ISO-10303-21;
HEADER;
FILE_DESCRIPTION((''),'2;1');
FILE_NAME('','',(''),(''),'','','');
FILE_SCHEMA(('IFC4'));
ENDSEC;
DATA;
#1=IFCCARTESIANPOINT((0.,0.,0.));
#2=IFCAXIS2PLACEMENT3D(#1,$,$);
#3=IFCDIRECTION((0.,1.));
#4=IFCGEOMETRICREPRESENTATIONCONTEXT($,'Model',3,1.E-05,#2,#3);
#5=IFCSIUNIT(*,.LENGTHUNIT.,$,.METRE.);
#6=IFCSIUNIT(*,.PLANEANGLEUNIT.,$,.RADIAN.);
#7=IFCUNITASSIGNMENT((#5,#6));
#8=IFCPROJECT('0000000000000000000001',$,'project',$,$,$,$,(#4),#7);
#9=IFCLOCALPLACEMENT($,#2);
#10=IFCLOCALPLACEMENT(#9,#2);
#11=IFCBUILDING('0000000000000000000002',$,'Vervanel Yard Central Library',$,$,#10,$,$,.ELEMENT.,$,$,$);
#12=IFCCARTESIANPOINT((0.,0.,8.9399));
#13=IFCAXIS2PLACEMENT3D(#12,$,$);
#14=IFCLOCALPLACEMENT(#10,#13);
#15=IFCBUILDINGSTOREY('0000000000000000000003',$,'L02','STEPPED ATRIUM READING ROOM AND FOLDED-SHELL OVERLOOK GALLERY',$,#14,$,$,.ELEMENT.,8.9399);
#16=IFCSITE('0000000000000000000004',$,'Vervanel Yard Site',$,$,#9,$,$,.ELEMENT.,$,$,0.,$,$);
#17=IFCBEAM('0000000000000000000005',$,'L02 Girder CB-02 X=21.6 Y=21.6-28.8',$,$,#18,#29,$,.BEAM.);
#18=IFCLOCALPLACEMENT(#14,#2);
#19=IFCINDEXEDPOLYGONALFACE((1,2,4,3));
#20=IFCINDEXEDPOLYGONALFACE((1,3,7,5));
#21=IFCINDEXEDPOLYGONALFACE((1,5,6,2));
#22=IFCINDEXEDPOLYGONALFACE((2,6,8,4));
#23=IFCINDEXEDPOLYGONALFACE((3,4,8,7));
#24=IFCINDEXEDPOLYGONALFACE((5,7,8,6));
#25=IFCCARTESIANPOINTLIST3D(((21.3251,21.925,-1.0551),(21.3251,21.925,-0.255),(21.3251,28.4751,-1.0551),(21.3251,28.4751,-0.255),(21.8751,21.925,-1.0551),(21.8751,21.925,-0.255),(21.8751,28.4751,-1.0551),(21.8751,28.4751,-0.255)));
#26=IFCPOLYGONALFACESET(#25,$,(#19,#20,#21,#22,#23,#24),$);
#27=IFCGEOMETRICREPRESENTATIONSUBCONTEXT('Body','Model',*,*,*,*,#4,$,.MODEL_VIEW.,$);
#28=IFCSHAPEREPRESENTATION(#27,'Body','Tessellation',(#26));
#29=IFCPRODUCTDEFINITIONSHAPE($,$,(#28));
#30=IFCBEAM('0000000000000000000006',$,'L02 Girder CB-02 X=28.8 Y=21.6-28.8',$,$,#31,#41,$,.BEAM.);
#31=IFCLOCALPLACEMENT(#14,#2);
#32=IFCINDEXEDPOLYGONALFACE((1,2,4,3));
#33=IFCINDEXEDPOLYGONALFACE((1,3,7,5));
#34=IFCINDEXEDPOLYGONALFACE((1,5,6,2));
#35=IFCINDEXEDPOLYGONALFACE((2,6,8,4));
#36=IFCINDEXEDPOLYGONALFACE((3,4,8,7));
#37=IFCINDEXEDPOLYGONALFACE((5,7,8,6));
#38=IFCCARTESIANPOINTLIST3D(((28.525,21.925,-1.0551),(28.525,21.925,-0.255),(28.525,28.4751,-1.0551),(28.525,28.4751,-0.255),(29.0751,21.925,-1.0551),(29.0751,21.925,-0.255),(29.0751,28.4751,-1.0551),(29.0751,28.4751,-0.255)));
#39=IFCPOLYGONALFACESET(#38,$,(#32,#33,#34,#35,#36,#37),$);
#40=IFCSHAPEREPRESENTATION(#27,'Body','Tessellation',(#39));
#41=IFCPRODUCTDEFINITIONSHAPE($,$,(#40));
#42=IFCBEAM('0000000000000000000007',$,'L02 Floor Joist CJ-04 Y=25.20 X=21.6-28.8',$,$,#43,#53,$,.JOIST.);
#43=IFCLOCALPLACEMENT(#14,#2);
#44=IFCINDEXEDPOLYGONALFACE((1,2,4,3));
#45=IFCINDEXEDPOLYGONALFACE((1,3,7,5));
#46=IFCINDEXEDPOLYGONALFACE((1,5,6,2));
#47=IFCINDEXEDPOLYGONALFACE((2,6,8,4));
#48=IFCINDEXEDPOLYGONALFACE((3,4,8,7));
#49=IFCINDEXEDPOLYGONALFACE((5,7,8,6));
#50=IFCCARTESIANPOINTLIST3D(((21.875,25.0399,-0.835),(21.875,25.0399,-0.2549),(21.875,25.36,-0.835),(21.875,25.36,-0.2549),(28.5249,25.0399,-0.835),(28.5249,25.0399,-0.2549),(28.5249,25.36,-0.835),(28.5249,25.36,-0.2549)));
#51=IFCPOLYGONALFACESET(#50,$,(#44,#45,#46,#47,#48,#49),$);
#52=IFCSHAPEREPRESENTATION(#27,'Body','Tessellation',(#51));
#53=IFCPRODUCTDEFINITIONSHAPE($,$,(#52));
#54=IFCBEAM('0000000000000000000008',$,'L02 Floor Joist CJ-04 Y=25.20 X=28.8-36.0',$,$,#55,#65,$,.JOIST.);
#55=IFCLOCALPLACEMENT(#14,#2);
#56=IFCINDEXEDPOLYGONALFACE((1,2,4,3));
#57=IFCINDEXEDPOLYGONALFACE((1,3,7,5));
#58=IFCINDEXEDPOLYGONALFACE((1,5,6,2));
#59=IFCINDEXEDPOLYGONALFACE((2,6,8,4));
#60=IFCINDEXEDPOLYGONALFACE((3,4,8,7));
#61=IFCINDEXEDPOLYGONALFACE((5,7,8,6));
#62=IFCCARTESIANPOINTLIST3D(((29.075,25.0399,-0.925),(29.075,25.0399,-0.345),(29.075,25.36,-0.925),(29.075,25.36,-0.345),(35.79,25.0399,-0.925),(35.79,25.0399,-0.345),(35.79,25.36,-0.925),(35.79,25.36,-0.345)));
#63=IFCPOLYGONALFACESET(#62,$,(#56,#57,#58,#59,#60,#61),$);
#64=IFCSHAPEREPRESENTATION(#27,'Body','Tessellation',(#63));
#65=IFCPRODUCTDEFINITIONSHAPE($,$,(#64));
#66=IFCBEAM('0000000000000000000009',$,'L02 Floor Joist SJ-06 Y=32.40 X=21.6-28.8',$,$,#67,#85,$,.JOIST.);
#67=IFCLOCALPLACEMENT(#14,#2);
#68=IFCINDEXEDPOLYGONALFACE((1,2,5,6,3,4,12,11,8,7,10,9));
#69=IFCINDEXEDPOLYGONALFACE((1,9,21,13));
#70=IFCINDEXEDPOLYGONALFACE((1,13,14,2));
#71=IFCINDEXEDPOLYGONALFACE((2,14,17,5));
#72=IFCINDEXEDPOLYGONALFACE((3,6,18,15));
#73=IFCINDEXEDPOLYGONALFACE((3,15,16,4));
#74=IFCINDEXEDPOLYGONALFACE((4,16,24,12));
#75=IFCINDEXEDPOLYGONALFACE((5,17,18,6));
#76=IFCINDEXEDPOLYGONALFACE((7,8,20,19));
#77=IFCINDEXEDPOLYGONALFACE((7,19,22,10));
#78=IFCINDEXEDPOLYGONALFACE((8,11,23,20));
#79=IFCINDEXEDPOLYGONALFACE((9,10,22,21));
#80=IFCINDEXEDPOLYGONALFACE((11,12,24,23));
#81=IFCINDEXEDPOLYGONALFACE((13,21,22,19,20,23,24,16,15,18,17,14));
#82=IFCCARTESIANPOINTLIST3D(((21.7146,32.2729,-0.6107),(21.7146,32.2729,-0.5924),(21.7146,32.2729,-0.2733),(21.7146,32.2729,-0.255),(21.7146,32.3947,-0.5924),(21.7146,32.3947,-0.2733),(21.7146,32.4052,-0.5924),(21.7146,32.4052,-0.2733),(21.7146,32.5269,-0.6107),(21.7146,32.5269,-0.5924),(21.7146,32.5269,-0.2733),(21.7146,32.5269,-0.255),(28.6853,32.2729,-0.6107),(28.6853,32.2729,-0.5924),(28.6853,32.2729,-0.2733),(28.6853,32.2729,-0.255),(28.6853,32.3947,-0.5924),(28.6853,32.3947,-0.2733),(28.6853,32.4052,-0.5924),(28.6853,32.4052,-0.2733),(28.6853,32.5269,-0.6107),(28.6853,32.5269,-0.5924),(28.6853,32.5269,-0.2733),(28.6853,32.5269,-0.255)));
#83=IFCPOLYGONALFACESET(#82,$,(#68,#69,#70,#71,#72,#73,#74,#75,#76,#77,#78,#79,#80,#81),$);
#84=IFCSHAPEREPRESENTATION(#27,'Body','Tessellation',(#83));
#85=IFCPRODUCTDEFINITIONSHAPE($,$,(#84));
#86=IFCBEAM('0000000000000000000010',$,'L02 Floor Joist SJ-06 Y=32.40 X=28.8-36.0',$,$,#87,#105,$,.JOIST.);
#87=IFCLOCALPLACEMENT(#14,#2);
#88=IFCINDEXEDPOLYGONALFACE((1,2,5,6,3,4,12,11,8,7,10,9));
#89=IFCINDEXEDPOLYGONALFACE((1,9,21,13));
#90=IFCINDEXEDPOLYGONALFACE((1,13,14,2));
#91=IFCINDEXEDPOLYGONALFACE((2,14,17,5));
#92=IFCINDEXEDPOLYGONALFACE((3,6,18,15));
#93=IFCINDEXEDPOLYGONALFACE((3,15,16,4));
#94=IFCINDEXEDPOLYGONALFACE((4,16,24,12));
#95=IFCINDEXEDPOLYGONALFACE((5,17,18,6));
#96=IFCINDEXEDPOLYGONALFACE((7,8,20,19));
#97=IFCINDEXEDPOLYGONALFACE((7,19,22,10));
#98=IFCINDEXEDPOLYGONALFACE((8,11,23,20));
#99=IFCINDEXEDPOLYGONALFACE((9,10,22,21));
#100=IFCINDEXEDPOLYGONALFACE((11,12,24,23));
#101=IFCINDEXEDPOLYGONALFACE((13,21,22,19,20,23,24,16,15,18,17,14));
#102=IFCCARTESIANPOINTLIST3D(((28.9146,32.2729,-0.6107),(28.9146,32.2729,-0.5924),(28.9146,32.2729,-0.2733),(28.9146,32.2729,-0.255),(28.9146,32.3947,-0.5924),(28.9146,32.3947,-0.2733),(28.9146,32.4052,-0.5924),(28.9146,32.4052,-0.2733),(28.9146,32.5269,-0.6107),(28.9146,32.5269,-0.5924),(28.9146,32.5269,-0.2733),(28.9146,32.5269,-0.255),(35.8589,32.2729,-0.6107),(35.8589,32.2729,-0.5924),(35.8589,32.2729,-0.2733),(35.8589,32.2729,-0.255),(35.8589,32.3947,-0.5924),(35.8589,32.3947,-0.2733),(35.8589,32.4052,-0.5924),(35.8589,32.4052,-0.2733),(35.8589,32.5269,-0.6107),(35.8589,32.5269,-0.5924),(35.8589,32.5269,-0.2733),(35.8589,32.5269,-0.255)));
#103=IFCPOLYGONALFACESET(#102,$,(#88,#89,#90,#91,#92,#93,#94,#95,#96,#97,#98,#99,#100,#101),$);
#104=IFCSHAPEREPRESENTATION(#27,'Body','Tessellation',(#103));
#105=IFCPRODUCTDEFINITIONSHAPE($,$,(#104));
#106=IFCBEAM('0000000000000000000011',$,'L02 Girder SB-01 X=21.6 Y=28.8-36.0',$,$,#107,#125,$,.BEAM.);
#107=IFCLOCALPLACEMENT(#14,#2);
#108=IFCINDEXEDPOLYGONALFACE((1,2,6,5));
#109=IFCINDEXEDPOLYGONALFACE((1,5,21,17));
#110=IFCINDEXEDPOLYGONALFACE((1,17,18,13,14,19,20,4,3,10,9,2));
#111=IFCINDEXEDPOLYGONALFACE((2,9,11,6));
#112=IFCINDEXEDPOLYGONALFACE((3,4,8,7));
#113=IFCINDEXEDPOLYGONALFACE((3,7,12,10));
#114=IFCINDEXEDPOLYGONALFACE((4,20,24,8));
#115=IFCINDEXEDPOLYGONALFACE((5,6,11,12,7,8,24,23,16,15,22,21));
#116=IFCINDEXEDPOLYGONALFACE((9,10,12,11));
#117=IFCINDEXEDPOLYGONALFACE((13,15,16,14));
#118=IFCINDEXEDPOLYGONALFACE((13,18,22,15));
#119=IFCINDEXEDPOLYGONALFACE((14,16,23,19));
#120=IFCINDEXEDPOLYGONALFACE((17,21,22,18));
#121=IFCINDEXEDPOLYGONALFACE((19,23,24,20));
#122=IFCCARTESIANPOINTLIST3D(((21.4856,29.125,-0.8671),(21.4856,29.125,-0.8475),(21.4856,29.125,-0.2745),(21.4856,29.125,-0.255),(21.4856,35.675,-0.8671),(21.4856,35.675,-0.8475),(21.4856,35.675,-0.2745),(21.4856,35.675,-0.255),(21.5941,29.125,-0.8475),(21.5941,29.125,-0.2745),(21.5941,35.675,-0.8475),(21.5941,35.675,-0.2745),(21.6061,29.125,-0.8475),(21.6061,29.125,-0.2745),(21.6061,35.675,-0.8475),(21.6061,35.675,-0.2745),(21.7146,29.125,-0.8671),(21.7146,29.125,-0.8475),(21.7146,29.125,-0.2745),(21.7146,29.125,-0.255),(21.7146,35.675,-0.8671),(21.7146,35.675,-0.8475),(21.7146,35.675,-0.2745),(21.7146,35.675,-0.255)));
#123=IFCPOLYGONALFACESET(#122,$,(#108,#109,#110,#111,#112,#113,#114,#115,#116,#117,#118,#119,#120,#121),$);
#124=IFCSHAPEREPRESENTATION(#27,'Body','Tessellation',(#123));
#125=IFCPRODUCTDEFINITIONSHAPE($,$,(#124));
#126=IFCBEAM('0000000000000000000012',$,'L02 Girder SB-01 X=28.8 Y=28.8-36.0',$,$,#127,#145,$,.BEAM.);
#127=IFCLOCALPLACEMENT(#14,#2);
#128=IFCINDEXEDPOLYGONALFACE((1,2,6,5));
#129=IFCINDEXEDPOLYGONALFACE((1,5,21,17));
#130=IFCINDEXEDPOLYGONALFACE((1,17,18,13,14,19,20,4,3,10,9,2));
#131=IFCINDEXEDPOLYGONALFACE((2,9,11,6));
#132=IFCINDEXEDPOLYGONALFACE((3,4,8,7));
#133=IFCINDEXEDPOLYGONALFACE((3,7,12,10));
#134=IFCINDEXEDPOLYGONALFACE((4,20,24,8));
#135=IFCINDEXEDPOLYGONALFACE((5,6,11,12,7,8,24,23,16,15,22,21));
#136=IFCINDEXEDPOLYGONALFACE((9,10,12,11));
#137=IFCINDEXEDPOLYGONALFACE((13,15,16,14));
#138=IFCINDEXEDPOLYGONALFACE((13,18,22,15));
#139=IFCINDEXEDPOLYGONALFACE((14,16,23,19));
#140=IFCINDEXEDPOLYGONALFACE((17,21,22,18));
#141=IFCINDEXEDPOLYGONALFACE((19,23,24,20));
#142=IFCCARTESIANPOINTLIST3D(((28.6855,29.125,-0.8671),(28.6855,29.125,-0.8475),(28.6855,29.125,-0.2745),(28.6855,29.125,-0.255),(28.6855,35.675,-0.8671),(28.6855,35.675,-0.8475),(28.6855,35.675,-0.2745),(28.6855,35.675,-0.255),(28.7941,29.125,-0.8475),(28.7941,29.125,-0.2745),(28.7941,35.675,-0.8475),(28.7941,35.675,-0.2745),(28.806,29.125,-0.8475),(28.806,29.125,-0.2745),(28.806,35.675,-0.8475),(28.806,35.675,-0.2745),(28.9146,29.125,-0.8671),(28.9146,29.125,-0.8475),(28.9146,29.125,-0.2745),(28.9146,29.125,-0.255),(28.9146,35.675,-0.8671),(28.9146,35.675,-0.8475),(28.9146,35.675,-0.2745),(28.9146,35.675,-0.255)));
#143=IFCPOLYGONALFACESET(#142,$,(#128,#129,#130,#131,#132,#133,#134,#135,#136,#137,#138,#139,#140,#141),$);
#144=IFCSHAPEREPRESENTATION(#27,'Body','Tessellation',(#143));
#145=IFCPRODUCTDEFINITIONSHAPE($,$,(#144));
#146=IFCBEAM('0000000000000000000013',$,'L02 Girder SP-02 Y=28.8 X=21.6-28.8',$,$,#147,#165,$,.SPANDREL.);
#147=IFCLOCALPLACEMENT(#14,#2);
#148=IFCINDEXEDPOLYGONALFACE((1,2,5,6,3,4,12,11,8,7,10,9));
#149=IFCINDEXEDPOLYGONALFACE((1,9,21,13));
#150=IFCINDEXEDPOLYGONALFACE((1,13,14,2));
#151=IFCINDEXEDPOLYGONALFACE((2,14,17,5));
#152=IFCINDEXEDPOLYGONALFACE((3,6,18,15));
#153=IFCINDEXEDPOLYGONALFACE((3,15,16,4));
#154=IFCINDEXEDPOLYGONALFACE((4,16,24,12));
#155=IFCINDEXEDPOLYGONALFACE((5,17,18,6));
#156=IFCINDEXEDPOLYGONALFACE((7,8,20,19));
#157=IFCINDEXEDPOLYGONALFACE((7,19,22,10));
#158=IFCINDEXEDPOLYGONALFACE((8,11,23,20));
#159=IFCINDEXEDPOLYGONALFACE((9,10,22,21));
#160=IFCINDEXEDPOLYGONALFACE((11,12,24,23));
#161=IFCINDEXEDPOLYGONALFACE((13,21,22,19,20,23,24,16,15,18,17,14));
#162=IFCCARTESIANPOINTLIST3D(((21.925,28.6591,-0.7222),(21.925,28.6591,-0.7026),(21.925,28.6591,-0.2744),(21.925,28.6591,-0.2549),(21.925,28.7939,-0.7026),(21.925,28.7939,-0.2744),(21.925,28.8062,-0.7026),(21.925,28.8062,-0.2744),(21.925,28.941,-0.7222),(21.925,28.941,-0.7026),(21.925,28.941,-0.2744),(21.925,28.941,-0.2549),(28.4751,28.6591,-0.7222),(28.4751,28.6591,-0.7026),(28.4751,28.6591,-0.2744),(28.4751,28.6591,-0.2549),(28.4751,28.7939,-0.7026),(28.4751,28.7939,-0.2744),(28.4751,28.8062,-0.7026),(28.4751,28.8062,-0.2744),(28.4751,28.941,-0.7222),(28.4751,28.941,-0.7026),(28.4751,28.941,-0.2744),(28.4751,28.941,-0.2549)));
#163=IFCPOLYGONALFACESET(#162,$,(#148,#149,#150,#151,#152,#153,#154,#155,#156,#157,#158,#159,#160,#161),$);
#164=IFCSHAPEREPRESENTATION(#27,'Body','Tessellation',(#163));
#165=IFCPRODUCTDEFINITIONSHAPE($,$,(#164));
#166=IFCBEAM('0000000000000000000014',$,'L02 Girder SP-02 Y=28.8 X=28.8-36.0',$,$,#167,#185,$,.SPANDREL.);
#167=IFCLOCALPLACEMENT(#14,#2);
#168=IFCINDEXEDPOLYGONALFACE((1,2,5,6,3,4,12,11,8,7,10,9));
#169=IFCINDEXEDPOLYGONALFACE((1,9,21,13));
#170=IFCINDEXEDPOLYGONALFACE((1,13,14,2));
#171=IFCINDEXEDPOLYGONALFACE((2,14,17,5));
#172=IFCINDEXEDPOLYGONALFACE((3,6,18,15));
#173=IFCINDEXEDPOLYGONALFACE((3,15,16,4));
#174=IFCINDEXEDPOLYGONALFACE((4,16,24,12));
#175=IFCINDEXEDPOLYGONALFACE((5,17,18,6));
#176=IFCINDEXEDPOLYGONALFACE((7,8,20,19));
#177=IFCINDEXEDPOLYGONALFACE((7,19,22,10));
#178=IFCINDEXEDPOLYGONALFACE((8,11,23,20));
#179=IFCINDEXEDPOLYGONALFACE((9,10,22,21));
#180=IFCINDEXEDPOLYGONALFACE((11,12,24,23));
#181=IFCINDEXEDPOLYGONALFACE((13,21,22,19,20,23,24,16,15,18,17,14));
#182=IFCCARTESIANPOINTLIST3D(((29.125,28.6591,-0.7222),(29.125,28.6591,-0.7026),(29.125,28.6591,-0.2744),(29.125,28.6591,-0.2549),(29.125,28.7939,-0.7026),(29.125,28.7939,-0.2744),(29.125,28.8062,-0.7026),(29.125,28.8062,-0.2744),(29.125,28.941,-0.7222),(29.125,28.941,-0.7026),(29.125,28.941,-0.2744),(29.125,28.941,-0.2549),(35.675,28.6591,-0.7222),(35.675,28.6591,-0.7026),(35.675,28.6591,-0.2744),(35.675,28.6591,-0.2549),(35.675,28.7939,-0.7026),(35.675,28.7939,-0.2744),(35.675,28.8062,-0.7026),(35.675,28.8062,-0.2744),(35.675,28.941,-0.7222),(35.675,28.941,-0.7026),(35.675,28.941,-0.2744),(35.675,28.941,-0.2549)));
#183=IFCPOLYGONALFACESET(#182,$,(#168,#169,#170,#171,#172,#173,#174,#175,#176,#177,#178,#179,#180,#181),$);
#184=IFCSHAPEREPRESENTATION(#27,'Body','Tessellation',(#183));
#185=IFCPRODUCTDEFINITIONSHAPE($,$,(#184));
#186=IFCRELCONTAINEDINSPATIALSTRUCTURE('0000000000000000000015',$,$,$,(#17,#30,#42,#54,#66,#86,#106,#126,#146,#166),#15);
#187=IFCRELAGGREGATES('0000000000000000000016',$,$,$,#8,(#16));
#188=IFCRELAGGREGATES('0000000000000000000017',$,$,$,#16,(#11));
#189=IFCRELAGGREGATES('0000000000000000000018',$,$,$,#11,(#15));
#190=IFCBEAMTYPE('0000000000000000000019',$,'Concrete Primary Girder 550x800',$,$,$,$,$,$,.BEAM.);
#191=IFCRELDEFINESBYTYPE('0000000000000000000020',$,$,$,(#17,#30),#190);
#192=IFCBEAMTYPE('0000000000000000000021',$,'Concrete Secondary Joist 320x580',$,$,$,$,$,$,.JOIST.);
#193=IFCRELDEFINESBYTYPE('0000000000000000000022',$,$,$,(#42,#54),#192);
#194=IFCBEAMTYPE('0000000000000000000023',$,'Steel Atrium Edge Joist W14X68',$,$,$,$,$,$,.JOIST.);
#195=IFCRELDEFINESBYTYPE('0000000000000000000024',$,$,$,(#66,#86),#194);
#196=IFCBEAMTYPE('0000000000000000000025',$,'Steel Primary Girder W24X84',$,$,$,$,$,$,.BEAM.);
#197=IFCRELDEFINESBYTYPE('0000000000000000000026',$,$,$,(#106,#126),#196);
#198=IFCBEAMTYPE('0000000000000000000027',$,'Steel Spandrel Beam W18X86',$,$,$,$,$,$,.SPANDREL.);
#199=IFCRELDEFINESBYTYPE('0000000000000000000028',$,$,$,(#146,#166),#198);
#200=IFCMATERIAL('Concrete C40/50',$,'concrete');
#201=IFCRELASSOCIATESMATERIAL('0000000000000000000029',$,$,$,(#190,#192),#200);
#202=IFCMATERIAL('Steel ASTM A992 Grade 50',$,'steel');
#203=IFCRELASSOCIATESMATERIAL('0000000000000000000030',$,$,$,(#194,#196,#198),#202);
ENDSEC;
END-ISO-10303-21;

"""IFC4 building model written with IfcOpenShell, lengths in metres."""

from ifc_helpers import new_model, si_unit, direction, frame, origin, origin_2d, place, context, subcontext, project, spatial, rectangle, i_section, extrude, material, material_profile, profile_set, type_object, element, save


model = new_model("IFC4")

# Units and contexts
model_context = context("Model", 3, precision=1e-05, world=origin(), true_north=direction((0.0, 1.0)))
body_context = subcontext(model_context, "Body", "Model", "MODEL_VIEW")
ifc_project = project(units=[si_unit("LENGTHUNIT", "METRE"), si_unit("PLANEANGLEUNIT", "RADIAN")], contexts=[model_context])

# Site, building, storey
site_placement = place(None, origin())
site = spatial("IfcSite", under=ifc_project, at=site_placement, Name="Vervanel Yard Site", CompositionType="ELEMENT", RefElevation=0.0)
building_placement = place(site_placement, origin())
building = spatial("IfcBuilding", under=site, at=building_placement, Name="Vervanel Yard Central Library", CompositionType="ELEMENT")
storey_placement = place(building_placement, frame((0.0, 0.0, 8.9399)))
storey = spatial("IfcBuildingStorey", under=building, at=storey_placement, Name="L02", Description="STEPPED ATRIUM READING ROOM AND FOLDED-SHELL OVERLOOK GALLERY", CompositionType="ELEMENT", Elevation=8.9399)

# Beams
ifc_material_1 = material(Name="Concrete C40/50", Category="concrete")
ifc_material_profile_1 = material_profile(ifc_material_1, rectangle(XDim=0.55, YDim=0.8, at=origin_2d()), Name="RC 550x800", Category="concrete")
ifc_profile_set_1 = profile_set([ifc_material_profile_1], Name="Concrete C40/50")
beam_type_1 = type_object("IfcBeamType", Name="Concrete Primary Girder 550x800", PredefinedType="BEAM", material=ifc_profile_set_1)
for number, where, z_axis, x_axis, name in (
    (1, (21.6001, 21.925, -0.655), (0.0, 1.0, 0.0), (-1.0, 0.0, 0.0), "L02 Girder CB-02 X=21.6 Y=21.6-28.8"),
    (2, (28.8, 21.925, -0.655), (0.0, 1.0, 0.0), (-1.0, 0.0, 0.0), "L02 Girder CB-02 X=28.8 Y=21.6-28.8"),
):
    element("IfcBeam", number, at=place(storey_placement, frame(where, z_axis=z_axis, x_axis=x_axis)), inside=storey, type_object=beam_type_1, Name=name, PredefinedType="BEAM", context=body_context, shape_type="SweptSolid", body=[
        extrude(rectangle(XDim=0.55, YDim=0.8, at=origin_2d()), origin(), (0.0, 0.0, 1.0), 6.55),
    ])
ifc_material_profile_2 = material_profile(ifc_material_1, rectangle(XDim=0.3201, YDim=0.5801, at=origin_2d()), Name="RC 320x580", Category="concrete")
ifc_profile_set_2 = profile_set([ifc_material_profile_2], Name="Concrete C40/50")
beam_type_2 = type_object("IfcBeamType", Name="Concrete Secondary Joist 320x580", PredefinedType="JOIST", material=ifc_profile_set_2)
beam_1_placement = place(storey_placement, frame((21.875, 25.2, -0.5449), z_axis=(1.0, 0.0, 0.0), x_axis=(0.0, 1.0, 0.0)))
element("IfcBeam", 3, at=beam_1_placement, inside=storey, type_object=beam_type_2, Name="L02 Floor Joist CJ-04 Y=25.20 X=21.6-28.8", PredefinedType="JOIST", context=body_context, shape_type="SweptSolid", body=[
    extrude(rectangle(XDim=0.3201, YDim=0.5801, at=origin_2d()), origin(), (0.0, 0.0, 1.0), 6.6499),
])
beam_2_placement = place(storey_placement, frame((29.075, 25.2, -0.635), z_axis=(1.0, 0.0, 0.0), x_axis=(0.0, 1.0, 0.0)))
element("IfcBeam", 4, at=beam_2_placement, inside=storey, type_object=beam_type_2, Name="L02 Floor Joist CJ-04 Y=25.20 X=28.8-36.0", PredefinedType="JOIST", context=body_context, shape_type="SweptSolid", body=[
    extrude(rectangle(XDim=0.3201, YDim=0.5801, at=origin_2d()), origin(), (0.0, 0.0, 1.0), 6.7151),
])
ifc_material_2 = material(Name="Steel ASTM A992 Grade 50", Category="steel")
ifc_material_profile_3 = material_profile(ifc_material_2, i_section(OverallWidth=0.2539, OverallDepth=0.3557, WebThickness=0.0105, FlangeThickness=0.0183, at=origin_2d()), Name="W14X68", Category="steel")
ifc_profile_set_3 = profile_set([ifc_material_profile_3], Name="Steel ASTM A992 Grade 50")
beam_type_3 = type_object("IfcBeamType", Name="Steel Atrium Edge Joist W14X68", PredefinedType="JOIST", material=ifc_profile_set_3)
beam_3_placement = place(storey_placement, frame((21.7146, 32.3999, -0.4329), z_axis=(1.0, 0.0, 0.0), x_axis=(0.0, 1.0, 0.0)))
element("IfcBeam", 5, at=beam_3_placement, inside=storey, type_object=beam_type_3, Name="L02 Floor Joist SJ-06 Y=32.40 X=21.6-28.8", PredefinedType="JOIST", context=body_context, shape_type="SweptSolid", body=[
    extrude(i_section(OverallWidth=0.2539, OverallDepth=0.3557, WebThickness=0.0105, FlangeThickness=0.0183, at=origin_2d()), origin(), (0.0, 0.0, 1.0), 6.9707),
])
beam_4_placement = place(storey_placement, frame((28.9146, 32.3999, -0.4329), z_axis=(1.0, 0.0, 0.0), x_axis=(0.0, 1.0, 0.0)))
element("IfcBeam", 6, at=beam_4_placement, inside=storey, type_object=beam_type_3, Name="L02 Floor Joist SJ-06 Y=32.40 X=28.8-36.0", PredefinedType="JOIST", context=body_context, shape_type="SweptSolid", body=[
    extrude(i_section(OverallWidth=0.2539, OverallDepth=0.3557, WebThickness=0.0105, FlangeThickness=0.0183, at=origin_2d()), origin(), (0.0, 0.0, 1.0), 6.9443),
])
ifc_material_profile_4 = material_profile(ifc_material_2, i_section(OverallWidth=0.229, OverallDepth=0.6121, WebThickness=0.012, FlangeThickness=0.0195, at=origin_2d()), Name="W24X84", Category="steel")
ifc_profile_set_4 = profile_set([ifc_material_profile_4], Name="Steel ASTM A992 Grade 50")
beam_type_4 = type_object("IfcBeamType", Name="Steel Primary Girder W24X84", PredefinedType="BEAM", material=ifc_profile_set_4)
for number, where, z_axis, x_axis, name in (
    (7, (21.6001, 29.125, -0.561), (0.0, 1.0, 0.0), (-1.0, 0.0, 0.0), "L02 Girder SB-01 X=21.6 Y=28.8-36.0"),
    (8, (28.8, 29.125, -0.561), (0.0, 1.0, 0.0), (-1.0, 0.0, 0.0), "L02 Girder SB-01 X=28.8 Y=28.8-36.0"),
):
    element("IfcBeam", number, at=place(storey_placement, frame(where, z_axis=z_axis, x_axis=x_axis)), inside=storey, type_object=beam_type_4, Name=name, PredefinedType="BEAM", context=body_context, shape_type="SweptSolid", body=[
        extrude(i_section(OverallWidth=0.229, OverallDepth=0.6121, WebThickness=0.012, FlangeThickness=0.0195, at=origin_2d()), origin(), (0.0, 0.0, 1.0), 6.55),
    ])
ifc_material_profile_5 = material_profile(ifc_material_2, i_section(OverallWidth=0.282, OverallDepth=0.4673, WebThickness=0.0122, FlangeThickness=0.0195, at=origin_2d()), Name="W18X86", Category="steel")
ifc_profile_set_5 = profile_set([ifc_material_profile_5], Name="Steel ASTM A992 Grade 50")
beam_type_5 = type_object("IfcBeamType", Name="Steel Spandrel Beam W18X86", PredefinedType="SPANDREL", material=ifc_profile_set_5)
for number, where, z_axis, x_axis, name in (
    (9, (21.925, 28.8, -0.4885), (1.0, 0.0, 0.0), (0.0, 1.0, 0.0), "L02 Girder SP-02 Y=28.8 X=21.6-28.8"),
    (10, (29.125, 28.8, -0.4885), (1.0, 0.0, 0.0), (0.0, 1.0, 0.0), "L02 Girder SP-02 Y=28.8 X=28.8-36.0"),
):
    element("IfcBeam", number, at=place(storey_placement, frame(where, z_axis=z_axis, x_axis=x_axis)), inside=storey, type_object=beam_type_5, Name=name, PredefinedType="SPANDREL", context=body_context, shape_type="SweptSolid", body=[
        extrude(i_section(OverallWidth=0.282, OverallDepth=0.4673, WebThickness=0.0122, FlangeThickness=0.0195, at=origin_2d()), origin(), (0.0, 0.0, 1.0), 6.55),
    ])

save(model, "model.ifc")
